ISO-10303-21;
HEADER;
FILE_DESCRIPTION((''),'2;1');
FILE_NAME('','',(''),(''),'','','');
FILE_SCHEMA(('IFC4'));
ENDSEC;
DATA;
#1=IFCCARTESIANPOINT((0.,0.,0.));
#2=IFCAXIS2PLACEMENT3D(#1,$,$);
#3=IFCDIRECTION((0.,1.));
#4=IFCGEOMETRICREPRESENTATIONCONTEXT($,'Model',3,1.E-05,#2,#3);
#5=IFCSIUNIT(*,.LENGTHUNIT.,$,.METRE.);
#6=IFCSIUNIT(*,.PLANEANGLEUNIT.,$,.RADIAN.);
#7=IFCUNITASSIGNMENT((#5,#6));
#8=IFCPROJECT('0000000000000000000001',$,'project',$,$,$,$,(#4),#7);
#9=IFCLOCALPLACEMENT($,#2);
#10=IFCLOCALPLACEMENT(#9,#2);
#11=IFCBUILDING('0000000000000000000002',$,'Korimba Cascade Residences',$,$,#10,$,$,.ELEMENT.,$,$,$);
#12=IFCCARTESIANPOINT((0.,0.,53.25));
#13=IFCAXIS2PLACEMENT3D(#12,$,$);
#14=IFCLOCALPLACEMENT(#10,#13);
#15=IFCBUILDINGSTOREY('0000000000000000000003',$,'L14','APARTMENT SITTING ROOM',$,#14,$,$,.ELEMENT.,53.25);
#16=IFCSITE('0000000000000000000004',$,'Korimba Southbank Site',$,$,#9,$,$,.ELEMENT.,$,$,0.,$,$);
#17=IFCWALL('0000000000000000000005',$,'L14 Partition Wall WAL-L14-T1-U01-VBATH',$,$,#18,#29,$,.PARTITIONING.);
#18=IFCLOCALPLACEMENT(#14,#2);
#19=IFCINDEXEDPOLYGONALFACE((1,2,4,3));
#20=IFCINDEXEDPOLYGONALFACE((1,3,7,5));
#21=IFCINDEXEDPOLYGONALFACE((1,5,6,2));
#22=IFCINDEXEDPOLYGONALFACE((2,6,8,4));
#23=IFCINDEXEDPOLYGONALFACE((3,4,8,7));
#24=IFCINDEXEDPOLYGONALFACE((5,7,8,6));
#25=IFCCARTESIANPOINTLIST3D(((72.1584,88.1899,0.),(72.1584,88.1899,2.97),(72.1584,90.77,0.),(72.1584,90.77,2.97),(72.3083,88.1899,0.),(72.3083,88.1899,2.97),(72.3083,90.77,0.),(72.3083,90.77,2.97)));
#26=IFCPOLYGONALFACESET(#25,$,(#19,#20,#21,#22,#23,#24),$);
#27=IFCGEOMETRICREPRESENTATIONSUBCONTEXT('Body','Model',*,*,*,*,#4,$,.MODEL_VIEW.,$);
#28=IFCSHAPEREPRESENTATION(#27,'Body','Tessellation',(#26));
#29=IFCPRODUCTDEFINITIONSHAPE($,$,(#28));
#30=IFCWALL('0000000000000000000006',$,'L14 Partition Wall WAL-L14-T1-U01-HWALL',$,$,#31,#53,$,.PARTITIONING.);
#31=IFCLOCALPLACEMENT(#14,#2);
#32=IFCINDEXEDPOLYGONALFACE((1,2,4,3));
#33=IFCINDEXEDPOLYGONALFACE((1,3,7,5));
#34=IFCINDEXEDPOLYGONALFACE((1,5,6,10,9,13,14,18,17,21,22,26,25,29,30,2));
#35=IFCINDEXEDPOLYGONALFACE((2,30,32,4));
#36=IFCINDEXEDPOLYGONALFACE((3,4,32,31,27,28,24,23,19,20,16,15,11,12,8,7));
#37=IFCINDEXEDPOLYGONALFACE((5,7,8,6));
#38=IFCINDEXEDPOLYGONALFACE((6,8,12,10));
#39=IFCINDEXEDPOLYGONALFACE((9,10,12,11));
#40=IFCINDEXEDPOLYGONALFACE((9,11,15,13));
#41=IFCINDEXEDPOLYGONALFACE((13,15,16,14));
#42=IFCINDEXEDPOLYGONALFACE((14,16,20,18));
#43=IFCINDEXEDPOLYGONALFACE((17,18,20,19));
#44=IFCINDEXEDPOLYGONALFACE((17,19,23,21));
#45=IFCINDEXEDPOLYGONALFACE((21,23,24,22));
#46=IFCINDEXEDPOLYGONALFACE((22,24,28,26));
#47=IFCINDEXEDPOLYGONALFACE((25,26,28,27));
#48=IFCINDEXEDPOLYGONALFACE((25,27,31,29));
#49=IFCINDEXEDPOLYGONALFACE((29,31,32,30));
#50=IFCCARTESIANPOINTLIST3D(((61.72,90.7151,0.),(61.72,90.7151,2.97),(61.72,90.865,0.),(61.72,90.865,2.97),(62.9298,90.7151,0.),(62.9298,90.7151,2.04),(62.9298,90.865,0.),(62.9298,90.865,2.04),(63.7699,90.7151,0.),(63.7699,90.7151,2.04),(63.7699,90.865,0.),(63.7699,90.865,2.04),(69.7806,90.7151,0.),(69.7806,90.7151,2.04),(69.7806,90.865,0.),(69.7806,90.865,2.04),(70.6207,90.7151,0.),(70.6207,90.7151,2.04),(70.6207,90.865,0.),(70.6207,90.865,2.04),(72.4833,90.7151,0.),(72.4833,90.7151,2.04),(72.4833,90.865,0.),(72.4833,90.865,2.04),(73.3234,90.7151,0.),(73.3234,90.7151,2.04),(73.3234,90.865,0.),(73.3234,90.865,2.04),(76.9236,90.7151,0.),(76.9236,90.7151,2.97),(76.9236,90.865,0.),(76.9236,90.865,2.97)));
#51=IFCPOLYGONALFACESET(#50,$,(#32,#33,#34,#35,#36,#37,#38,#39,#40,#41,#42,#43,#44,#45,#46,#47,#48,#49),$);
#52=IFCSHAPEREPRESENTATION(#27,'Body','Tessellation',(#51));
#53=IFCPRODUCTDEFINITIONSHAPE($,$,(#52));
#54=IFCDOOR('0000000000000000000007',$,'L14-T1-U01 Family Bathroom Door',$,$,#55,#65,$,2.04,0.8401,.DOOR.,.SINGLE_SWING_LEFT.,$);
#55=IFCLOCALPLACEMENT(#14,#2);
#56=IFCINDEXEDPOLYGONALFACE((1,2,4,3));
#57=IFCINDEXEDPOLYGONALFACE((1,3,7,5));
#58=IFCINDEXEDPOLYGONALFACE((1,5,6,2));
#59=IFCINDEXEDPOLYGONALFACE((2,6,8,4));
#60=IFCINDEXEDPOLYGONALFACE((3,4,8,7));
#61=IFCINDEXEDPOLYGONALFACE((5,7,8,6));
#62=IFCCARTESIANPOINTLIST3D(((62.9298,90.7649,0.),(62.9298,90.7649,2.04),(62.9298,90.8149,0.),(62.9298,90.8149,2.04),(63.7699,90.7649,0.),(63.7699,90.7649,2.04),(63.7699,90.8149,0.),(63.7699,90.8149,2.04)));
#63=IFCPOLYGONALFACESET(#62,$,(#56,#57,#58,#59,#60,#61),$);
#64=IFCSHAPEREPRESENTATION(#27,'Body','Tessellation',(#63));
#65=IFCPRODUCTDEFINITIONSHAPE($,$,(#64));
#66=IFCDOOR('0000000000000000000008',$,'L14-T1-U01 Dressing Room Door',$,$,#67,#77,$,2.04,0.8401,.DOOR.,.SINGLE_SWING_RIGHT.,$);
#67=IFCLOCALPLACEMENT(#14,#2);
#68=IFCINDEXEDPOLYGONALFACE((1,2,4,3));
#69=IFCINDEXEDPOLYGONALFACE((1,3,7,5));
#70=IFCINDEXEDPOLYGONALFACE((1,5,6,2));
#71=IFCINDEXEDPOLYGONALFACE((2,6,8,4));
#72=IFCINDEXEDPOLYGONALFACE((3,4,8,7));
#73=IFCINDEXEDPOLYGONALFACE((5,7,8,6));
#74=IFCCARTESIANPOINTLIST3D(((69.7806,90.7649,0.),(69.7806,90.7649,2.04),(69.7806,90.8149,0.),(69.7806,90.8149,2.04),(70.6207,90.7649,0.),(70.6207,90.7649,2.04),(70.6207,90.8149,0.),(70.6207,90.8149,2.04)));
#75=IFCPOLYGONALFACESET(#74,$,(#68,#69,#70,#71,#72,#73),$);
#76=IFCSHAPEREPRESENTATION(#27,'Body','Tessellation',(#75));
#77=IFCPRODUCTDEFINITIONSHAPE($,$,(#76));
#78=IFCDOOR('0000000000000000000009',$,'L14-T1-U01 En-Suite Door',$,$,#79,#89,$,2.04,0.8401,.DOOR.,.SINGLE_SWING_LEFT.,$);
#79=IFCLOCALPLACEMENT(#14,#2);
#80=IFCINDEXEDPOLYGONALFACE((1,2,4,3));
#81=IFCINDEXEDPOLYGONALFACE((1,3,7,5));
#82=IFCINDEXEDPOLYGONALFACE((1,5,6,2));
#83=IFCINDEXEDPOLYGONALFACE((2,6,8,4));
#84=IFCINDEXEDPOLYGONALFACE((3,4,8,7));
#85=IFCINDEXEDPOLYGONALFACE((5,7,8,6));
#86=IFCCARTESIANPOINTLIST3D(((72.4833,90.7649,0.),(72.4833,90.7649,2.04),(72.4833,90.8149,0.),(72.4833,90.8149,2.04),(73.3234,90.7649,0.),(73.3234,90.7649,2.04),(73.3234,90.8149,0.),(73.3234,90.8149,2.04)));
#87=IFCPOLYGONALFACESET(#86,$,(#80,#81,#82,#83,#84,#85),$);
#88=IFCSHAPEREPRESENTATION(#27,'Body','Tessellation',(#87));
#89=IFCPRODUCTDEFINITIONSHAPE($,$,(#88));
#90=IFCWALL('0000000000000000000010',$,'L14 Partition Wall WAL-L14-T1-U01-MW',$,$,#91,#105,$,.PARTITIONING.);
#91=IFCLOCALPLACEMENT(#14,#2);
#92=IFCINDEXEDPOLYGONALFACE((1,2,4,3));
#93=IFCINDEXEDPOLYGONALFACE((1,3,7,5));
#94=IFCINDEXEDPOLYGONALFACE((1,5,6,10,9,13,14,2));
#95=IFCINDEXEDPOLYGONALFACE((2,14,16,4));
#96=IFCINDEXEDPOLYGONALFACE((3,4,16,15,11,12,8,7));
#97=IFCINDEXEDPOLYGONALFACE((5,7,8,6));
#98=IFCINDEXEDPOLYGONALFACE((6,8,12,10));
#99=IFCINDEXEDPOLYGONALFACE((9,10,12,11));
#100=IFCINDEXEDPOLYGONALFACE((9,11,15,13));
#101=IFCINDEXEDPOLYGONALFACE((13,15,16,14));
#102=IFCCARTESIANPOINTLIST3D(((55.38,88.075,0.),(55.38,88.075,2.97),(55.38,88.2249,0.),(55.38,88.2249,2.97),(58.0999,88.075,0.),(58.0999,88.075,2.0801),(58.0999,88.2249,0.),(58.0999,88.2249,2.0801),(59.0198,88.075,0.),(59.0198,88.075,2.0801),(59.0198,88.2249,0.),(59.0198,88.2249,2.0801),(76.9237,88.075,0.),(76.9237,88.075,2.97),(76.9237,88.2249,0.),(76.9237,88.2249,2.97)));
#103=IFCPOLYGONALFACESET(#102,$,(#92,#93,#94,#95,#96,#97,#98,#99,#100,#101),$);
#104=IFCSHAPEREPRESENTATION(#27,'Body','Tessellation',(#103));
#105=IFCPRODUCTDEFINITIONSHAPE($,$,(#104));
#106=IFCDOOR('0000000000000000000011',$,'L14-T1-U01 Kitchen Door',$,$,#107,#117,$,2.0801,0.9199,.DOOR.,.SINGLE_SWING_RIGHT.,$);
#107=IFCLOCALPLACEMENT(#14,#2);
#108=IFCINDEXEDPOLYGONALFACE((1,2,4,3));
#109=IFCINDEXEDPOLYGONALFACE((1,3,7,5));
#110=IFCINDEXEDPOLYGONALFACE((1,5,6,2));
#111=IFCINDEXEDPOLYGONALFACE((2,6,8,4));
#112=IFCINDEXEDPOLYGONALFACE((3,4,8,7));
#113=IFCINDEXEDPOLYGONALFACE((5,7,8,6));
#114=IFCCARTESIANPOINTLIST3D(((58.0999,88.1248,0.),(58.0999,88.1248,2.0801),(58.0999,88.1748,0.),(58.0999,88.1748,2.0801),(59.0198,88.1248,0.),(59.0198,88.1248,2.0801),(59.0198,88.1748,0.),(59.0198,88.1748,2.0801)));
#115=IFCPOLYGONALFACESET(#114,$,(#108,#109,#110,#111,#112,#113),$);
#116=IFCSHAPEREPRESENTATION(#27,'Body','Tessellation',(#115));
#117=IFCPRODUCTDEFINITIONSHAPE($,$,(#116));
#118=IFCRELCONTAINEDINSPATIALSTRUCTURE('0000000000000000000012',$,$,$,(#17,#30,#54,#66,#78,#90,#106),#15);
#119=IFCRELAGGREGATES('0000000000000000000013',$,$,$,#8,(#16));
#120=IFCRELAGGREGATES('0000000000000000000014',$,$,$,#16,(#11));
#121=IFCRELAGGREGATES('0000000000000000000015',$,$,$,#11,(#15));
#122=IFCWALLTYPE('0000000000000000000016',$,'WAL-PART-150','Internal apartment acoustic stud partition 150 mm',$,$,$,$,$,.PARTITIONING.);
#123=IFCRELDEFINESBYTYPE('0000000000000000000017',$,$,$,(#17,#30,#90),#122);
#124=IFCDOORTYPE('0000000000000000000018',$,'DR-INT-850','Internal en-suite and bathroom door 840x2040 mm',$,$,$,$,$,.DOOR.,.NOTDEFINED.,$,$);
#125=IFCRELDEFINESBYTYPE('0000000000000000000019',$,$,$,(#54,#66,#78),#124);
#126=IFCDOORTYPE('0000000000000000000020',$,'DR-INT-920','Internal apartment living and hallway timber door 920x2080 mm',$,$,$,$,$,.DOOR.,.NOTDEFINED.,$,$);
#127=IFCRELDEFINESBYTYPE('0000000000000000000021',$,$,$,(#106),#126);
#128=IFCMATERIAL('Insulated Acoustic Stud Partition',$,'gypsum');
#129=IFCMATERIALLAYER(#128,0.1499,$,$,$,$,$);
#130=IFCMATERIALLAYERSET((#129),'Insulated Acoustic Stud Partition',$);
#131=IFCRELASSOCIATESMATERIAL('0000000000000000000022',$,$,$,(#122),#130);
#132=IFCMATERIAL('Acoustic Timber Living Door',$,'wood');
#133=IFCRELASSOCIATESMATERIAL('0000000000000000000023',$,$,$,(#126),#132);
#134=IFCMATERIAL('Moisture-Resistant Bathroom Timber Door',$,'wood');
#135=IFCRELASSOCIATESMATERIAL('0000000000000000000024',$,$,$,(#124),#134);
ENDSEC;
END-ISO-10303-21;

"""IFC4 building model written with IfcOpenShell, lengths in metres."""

from ifc_helpers import new_model, si_unit, direction, frame, frame_2d, origin, place, context, subcontext, project, spatial, rectangle, extrude, material, layer, layer_set, type_object, element, fill, save


model = new_model("IFC4")

# Units and contexts
model_context = context("Model", 3, precision=1e-05, world=origin(), true_north=direction((0.0, 1.0)))
body_context = subcontext(model_context, "Body", "Model", "MODEL_VIEW")
ifc_project = project(units=[si_unit("LENGTHUNIT", "METRE"), si_unit("PLANEANGLEUNIT", "RADIAN")], contexts=[model_context])

# Site, building, storey
site_placement = place(None, origin())
site = spatial("IfcSite", under=ifc_project, at=site_placement, Name="Korimba Southbank Site", CompositionType="ELEMENT", RefElevation=0.0)
building_placement = place(site_placement, origin())
building = spatial("IfcBuilding", under=site, at=building_placement, Name="Korimba Cascade Residences", CompositionType="ELEMENT")
storey_placement = place(building_placement, frame((0.0, 0.0, 53.25)))
storey = spatial("IfcBuildingStorey", under=building, at=storey_placement, Name="L14", Description="APARTMENT SITTING ROOM", CompositionType="ELEMENT", Elevation=53.25)

# Shared definitions
ifc_material_1 = material(Name="Insulated Acoustic Stud Partition", Category="gypsum")
ifc_layer_1 = layer(ifc_material_1, 0.1499)
ifc_layer_set_1 = layer_set([ifc_layer_1], Name="Insulated Acoustic Stud Partition")
wall_type_1 = type_object("IfcWallType", Name="WAL-PART-150", Description="Internal apartment acoustic stud partition 150 mm", PredefinedType="PARTITIONING", material=ifc_layer_set_1)

# Shared definitions
ifc_material_2 = material(Name="Acoustic Timber Living Door", Category="wood")
door_type_1 = type_object("IfcDoorType", Name="DR-INT-920", Description="Internal apartment living and hallway timber door 920x2080 mm", OperationType="NOTDEFINED", PredefinedType="DOOR", material=ifc_material_2)

# Wall
wall_1_placement = place(storey_placement, frame((72.2334, 88.1899, 0.0), z_axis=(0.0, 0.0, 1.0), x_axis=(0.0, 1.0, 0.0)))
element("IfcWall", 1, at=wall_1_placement, inside=storey, type_object=wall_type_1, Name="L14 Partition Wall WAL-L14-T1-U01-VBATH", PredefinedType="PARTITIONING", context=body_context, shape_type="SweptSolid", body=[
    extrude(rectangle(XDim=2.5801, YDim=0.1499, at=frame_2d((1.29, 0.0))), origin(), (0.0, 0.0, 1.0), 2.97),
])

# Wall, openings, doors
wall_2_placement = place(storey_placement, frame((61.72, 90.79, 0.0), z_axis=(0.0, 0.0, 1.0), x_axis=(1.0, 0.0, 0.0)))
wall_2 = element("IfcWall", 2, at=wall_2_placement, inside=storey, type_object=wall_type_1, Name="L14 Partition Wall WAL-L14-T1-U01-HWALL", PredefinedType="PARTITIONING", context=body_context, shape_type="SweptSolid", body=[
    extrude(rectangle(XDim=15.2036, YDim=0.1499, at=frame_2d((7.6018, 0.0))), origin(), (0.0, 0.0, 1.0), 2.97),
])
opening_1_placement = place(wall_2_placement, frame((1.21, 0.0, 0.0)))
opening_1 = element("IfcOpeningElement", 3, at=opening_1_placement, cuts=wall_2, PredefinedType="OPENING", context=body_context, shape_type="SweptSolid", body=[
    extrude(rectangle(XDim=0.8401, YDim=2.04, at=frame_2d((0.4199, 1.02))), frame((0.0, 0.085, 0.0), z_axis=(0.0, -1.0, 0.0), x_axis=(1.0, 0.0, 0.0)), (0.0, 0.0, 1.0), 0.1699),
])
opening_2_placement = place(wall_2_placement, frame((8.0608, 0.0, 0.0)))
opening_2 = element("IfcOpeningElement", 4, at=opening_2_placement, cuts=wall_2, PredefinedType="OPENING", context=body_context, shape_type="SweptSolid", body=[
    extrude(rectangle(XDim=0.8401, YDim=2.04, at=frame_2d((0.4199, 1.02))), frame((0.0, 0.085, 0.0), z_axis=(0.0, -1.0, 0.0), x_axis=(1.0, 0.0, 0.0)), (0.0, 0.0, 1.0), 0.1699),
])
opening_3_placement = place(wall_2_placement, frame((10.7634, 0.0, 0.0)))
opening_3 = element("IfcOpeningElement", 5, at=opening_3_placement, cuts=wall_2, PredefinedType="OPENING", context=body_context, shape_type="SweptSolid", body=[
    extrude(rectangle(XDim=0.8401, YDim=2.04, at=frame_2d((0.4199, 1.02))), frame((0.0, 0.085, 0.0), z_axis=(0.0, -1.0, 0.0), x_axis=(1.0, 0.0, 0.0)), (0.0, 0.0, 1.0), 0.1699),
])
ifc_material_3 = material(Name="Moisture-Resistant Bathroom Timber Door", Category="wood")
door_type_2 = type_object("IfcDoorType", Name="DR-INT-850", Description="Internal en-suite and bathroom door 840x2040 mm", OperationType="NOTDEFINED", PredefinedType="DOOR", material=ifc_material_3)
door_1_placement = place(opening_1_placement, origin())
door_1 = element("IfcDoor", 6, at=door_1_placement, inside=storey, type_object=door_type_2, Name="L14-T1-U01 Family Bathroom Door", OperationType="SINGLE_SWING_LEFT", OverallHeight=2.04, OverallWidth=0.8401, PredefinedType="DOOR", context=body_context, shape_type="SweptSolid", body=[
    extrude(rectangle(XDim=0.8401, YDim=2.04, at=frame_2d((0.4199, 1.02))), frame((0.0, 0.0249, 0.0), z_axis=(0.0, -1.0, 0.0), x_axis=(1.0, 0.0, 0.0)), (0.0, 0.0, 1.0), 0.05),
])
fill(opening_1, door_1)
door_2_placement = place(opening_2_placement, origin())
door_2 = element("IfcDoor", 7, at=door_2_placement, inside=storey, type_object=door_type_2, Name="L14-T1-U01 Dressing Room Door", OperationType="SINGLE_SWING_RIGHT", OverallHeight=2.04, OverallWidth=0.8401, PredefinedType="DOOR", context=body_context, shape_type="SweptSolid", body=[
    extrude(rectangle(XDim=0.8401, YDim=2.04, at=frame_2d((0.4199, 1.02))), frame((0.0, 0.0249, 0.0), z_axis=(0.0, -1.0, 0.0), x_axis=(1.0, 0.0, 0.0)), (0.0, 0.0, 1.0), 0.05),
])
fill(opening_2, door_2)
door_3_placement = place(opening_3_placement, origin())
door_3 = element("IfcDoor", 8, at=door_3_placement, inside=storey, type_object=door_type_2, Name="L14-T1-U01 En-Suite Door", OperationType="SINGLE_SWING_LEFT", OverallHeight=2.04, OverallWidth=0.8401, PredefinedType="DOOR", context=body_context, shape_type="SweptSolid", body=[
    extrude(rectangle(XDim=0.8401, YDim=2.04, at=frame_2d((0.4199, 1.02))), frame((0.0, 0.0249, 0.0), z_axis=(0.0, -1.0, 0.0), x_axis=(1.0, 0.0, 0.0)), (0.0, 0.0, 1.0), 0.05),
])
fill(opening_3, door_3)

# Wall, opening, door
wall_3_placement = place(storey_placement, frame((55.3799, 88.1499, 0.0), z_axis=(0.0, 0.0, 1.0), x_axis=(1.0, 0.0, 0.0)))
wall_3 = element("IfcWall", 9, at=wall_3_placement, inside=storey, type_object=wall_type_1, Name="L14 Partition Wall WAL-L14-T1-U01-MW", PredefinedType="PARTITIONING", context=body_context, shape_type="SweptSolid", body=[
    extrude(rectangle(XDim=21.5437, YDim=0.1499, at=frame_2d((10.772, 0.0))), origin(), (0.0, 0.0, 1.0), 2.97),
])
opening_4_placement = place(wall_3_placement, frame((2.72, 0.0, 0.0)))
opening_4 = element("IfcOpeningElement", 10, at=opening_4_placement, cuts=wall_3, PredefinedType="OPENING", context=body_context, shape_type="SweptSolid", body=[
    extrude(rectangle(XDim=0.9199, YDim=2.0801, at=frame_2d((0.46, 1.04))), frame((0.0, 0.085, 0.0), z_axis=(0.0, -1.0, 0.0), x_axis=(1.0, 0.0, 0.0)), (0.0, 0.0, 1.0), 0.1699),
])
door_4_placement = place(opening_4_placement, origin())
door_4 = element("IfcDoor", 11, at=door_4_placement, inside=storey, type_object=door_type_1, Name="L14-T1-U01 Kitchen Door", OperationType="SINGLE_SWING_RIGHT", OverallHeight=2.0801, OverallWidth=0.9199, PredefinedType="DOOR", context=body_context, shape_type="SweptSolid", body=[
    extrude(rectangle(XDim=0.9199, YDim=2.0801, at=frame_2d((0.46, 1.04))), frame((0.0, 0.0249, 0.0), z_axis=(0.0, -1.0, 0.0), x_axis=(1.0, 0.0, 0.0)), (0.0, 0.0, 1.0), 0.05),
])
fill(opening_4, door_4)

save(model, "model.ifc")
